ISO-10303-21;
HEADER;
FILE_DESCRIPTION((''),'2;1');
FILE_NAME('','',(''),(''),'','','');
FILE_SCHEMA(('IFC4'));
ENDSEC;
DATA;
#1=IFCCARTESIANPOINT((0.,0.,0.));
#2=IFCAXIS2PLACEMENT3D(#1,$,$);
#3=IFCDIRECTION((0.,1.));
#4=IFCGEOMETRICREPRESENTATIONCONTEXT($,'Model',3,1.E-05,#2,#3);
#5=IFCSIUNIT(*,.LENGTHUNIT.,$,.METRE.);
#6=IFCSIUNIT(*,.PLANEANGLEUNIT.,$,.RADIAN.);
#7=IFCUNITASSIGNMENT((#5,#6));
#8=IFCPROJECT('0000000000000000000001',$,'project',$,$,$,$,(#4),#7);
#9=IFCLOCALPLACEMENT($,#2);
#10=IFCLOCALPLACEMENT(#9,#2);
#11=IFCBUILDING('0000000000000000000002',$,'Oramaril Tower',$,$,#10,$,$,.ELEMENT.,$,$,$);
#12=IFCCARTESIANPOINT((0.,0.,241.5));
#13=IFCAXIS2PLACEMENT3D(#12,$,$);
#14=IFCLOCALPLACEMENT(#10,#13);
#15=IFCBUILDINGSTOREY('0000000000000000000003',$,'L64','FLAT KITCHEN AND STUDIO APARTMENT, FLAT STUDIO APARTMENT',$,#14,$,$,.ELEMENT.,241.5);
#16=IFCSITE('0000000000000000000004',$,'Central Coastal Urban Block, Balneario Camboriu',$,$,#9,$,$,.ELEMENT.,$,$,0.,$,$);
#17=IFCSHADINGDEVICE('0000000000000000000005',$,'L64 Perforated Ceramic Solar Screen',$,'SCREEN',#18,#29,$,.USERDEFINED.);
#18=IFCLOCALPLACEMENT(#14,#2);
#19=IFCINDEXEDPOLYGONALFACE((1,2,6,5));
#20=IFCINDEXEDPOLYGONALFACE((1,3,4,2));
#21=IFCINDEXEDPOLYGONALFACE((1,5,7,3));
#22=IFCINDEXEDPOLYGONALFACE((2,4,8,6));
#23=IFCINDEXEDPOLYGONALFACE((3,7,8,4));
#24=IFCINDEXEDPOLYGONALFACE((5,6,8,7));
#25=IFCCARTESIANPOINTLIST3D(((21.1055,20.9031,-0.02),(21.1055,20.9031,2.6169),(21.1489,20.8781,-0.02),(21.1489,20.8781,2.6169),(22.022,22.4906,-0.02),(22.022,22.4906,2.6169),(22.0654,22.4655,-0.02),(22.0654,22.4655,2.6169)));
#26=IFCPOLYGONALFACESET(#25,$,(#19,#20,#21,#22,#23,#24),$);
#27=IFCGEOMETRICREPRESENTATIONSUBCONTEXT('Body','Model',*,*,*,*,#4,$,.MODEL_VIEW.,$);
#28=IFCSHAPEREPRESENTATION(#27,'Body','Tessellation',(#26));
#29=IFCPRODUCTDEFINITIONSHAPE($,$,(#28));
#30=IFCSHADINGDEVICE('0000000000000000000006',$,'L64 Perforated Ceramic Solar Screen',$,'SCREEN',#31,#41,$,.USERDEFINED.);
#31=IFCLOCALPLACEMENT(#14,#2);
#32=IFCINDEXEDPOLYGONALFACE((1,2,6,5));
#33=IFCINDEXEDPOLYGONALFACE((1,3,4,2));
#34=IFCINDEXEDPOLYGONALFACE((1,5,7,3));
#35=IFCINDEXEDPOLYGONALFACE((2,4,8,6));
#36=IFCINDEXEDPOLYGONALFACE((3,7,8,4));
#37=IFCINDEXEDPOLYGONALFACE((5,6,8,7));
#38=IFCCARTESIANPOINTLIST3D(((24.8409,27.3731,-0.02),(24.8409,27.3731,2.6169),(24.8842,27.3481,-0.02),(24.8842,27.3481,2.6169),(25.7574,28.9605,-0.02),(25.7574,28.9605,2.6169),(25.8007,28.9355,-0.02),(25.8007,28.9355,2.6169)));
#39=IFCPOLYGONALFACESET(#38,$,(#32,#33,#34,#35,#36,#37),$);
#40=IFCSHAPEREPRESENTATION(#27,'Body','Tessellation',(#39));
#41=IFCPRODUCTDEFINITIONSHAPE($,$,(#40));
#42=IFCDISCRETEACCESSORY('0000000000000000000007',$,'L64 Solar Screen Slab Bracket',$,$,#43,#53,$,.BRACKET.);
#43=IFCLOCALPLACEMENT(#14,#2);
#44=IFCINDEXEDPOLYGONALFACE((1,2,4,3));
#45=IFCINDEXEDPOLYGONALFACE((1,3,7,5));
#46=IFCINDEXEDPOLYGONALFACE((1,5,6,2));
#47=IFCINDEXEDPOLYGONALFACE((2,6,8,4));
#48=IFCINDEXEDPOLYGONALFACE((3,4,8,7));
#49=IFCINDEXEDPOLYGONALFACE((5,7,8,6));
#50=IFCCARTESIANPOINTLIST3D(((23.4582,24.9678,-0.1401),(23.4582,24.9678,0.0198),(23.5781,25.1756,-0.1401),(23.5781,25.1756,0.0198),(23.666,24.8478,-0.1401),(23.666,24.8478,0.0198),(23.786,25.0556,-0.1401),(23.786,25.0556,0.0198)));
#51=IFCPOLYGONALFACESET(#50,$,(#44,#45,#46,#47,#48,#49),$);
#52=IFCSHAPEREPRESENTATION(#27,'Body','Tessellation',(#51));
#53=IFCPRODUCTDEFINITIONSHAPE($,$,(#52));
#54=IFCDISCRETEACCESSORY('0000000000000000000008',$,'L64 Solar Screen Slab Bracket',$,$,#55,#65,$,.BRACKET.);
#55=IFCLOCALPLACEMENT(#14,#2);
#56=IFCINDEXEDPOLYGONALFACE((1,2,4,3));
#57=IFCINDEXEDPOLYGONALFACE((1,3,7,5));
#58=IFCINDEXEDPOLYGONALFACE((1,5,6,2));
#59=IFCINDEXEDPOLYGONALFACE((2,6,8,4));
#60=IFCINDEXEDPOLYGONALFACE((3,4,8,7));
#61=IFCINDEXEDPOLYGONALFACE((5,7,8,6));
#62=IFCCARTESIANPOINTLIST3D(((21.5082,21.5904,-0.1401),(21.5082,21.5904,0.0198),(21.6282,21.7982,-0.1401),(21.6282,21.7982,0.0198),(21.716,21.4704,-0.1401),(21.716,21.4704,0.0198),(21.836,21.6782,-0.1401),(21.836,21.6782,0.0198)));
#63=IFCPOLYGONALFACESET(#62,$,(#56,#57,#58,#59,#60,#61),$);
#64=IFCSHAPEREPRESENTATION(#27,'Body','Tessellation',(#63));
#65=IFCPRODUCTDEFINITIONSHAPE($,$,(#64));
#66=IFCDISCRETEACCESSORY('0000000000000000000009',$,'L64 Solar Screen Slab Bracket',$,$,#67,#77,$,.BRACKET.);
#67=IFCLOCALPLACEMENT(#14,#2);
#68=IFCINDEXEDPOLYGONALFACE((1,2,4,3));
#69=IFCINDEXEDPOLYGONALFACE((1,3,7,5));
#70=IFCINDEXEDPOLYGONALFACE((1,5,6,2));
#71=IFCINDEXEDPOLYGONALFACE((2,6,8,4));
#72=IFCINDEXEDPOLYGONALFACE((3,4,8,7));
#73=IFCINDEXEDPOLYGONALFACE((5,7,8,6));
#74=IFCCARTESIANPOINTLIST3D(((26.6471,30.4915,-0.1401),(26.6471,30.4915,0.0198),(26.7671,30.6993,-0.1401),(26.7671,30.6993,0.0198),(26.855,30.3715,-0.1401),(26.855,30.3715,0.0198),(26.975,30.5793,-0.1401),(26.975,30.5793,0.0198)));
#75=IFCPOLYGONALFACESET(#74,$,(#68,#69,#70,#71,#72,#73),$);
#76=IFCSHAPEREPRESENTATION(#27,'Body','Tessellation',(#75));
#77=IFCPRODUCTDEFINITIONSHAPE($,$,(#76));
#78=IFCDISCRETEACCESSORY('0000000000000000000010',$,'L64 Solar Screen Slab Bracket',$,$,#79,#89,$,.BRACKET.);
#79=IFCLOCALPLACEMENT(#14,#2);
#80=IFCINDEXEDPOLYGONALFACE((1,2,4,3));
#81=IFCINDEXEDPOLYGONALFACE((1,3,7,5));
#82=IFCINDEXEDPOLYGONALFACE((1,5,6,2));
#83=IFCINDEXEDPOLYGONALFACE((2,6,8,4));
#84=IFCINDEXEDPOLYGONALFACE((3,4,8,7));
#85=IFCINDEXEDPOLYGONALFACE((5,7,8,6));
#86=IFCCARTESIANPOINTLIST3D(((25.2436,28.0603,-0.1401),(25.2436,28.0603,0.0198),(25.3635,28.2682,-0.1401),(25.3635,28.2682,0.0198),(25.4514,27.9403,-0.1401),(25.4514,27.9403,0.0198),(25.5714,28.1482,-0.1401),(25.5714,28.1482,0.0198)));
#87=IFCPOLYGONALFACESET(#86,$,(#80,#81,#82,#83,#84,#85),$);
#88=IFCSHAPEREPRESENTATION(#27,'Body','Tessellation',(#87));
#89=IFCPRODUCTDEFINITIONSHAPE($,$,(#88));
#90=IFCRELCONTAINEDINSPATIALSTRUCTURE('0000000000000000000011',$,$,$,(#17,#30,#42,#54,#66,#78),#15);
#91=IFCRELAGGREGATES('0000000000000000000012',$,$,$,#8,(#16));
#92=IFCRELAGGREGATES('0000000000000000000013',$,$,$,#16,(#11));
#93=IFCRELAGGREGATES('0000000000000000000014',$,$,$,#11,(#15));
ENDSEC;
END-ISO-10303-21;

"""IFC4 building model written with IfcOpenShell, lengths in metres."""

from ifc_helpers import new_model, si_unit, direction, frame, origin, origin_2d, place, context, subcontext, project, spatial, rectangle, extrude, element, save


model = new_model("IFC4")

# Units and contexts
model_context = context("Model", 3, precision=1e-05, world=origin(), true_north=direction((0.0, 1.0)))
body_context = subcontext(model_context, "Body", "Model", "MODEL_VIEW")
ifc_project = project(units=[si_unit("LENGTHUNIT", "METRE"), si_unit("PLANEANGLEUNIT", "RADIAN")], contexts=[model_context])

# Site, building, storey
site_placement = place(None, origin())
site = spatial("IfcSite", under=ifc_project, at=site_placement, Name="Central Coastal Urban Block, Balneario Camboriu", CompositionType="ELEMENT", RefElevation=0.0)
building_placement = place(site_placement, origin())
building = spatial("IfcBuilding", under=site, at=building_placement, Name="Oramaril Tower", CompositionType="ELEMENT")
storey_placement = place(building_placement, frame((0.0, 0.0, 241.5)))
storey = spatial("IfcBuildingStorey", under=building, at=storey_placement, Name="L64", Description="FLAT KITCHEN AND STUDIO APARTMENT, FLAT STUDIO APARTMENT", CompositionType="ELEMENT", Elevation=241.5)

# Shading devices
for number, where, z_axis, x_axis, name in (
    (1, (21.5854, 21.6843, -0.02), (0.0, 0.0, 1.0), (-0.499998, -0.866026, 0.0), "L64 Perforated Ceramic Solar Screen"),
    (2, (25.3208, 28.1543, -0.02), (0.0, 0.0, 1.0), (-0.499998, -0.866026, 0.0), "L64 Perforated Ceramic Solar Screen"),
):
    element("IfcShadingDevice", number, at=place(storey_placement, frame(where, z_axis=z_axis, x_axis=x_axis)), inside=storey, Name=name, ObjectType="SCREEN", PredefinedType="USERDEFINED", context=body_context, shape_type="SweptSolid", body=[
        extrude(rectangle(XDim=1.833, YDim=0.05, at=origin_2d()), origin(), (0.0, 0.0, 1.0), 2.637),
    ])

# Discrete accessories
for number, where, z_axis, x_axis, name in (
    (3, (23.6221, 25.0117, -0.1401), (0.0, 0.0, 1.0), (-0.499998, -0.866026, 0.0), "L64 Solar Screen Slab Bracket"),
    (4, (21.6721, 21.6343, -0.1401), (0.0, 0.0, 1.0), (-0.499998, -0.866026, 0.0), "L64 Solar Screen Slab Bracket"),
    (5, (26.811, 30.5354, -0.1401), (0.0, 0.0, 1.0), (-0.499998, -0.866026, 0.0), "L64 Solar Screen Slab Bracket"),
    (6, (25.4075, 28.1042, -0.1401), (0.0, 0.0, 1.0), (-0.499998, -0.866026, 0.0), "L64 Solar Screen Slab Bracket"),
):
    element("IfcDiscreteAccessory", number, at=place(storey_placement, frame(where, z_axis=z_axis, x_axis=x_axis)), inside=storey, Name=name, PredefinedType="BRACKET", context=body_context, shape_type="SweptSolid", body=[
        extrude(rectangle(XDim=0.24, YDim=0.24, at=origin_2d()), origin(), (0.0, 0.0, 1.0), 0.1599),
    ])

save(model, "model.ifc")
